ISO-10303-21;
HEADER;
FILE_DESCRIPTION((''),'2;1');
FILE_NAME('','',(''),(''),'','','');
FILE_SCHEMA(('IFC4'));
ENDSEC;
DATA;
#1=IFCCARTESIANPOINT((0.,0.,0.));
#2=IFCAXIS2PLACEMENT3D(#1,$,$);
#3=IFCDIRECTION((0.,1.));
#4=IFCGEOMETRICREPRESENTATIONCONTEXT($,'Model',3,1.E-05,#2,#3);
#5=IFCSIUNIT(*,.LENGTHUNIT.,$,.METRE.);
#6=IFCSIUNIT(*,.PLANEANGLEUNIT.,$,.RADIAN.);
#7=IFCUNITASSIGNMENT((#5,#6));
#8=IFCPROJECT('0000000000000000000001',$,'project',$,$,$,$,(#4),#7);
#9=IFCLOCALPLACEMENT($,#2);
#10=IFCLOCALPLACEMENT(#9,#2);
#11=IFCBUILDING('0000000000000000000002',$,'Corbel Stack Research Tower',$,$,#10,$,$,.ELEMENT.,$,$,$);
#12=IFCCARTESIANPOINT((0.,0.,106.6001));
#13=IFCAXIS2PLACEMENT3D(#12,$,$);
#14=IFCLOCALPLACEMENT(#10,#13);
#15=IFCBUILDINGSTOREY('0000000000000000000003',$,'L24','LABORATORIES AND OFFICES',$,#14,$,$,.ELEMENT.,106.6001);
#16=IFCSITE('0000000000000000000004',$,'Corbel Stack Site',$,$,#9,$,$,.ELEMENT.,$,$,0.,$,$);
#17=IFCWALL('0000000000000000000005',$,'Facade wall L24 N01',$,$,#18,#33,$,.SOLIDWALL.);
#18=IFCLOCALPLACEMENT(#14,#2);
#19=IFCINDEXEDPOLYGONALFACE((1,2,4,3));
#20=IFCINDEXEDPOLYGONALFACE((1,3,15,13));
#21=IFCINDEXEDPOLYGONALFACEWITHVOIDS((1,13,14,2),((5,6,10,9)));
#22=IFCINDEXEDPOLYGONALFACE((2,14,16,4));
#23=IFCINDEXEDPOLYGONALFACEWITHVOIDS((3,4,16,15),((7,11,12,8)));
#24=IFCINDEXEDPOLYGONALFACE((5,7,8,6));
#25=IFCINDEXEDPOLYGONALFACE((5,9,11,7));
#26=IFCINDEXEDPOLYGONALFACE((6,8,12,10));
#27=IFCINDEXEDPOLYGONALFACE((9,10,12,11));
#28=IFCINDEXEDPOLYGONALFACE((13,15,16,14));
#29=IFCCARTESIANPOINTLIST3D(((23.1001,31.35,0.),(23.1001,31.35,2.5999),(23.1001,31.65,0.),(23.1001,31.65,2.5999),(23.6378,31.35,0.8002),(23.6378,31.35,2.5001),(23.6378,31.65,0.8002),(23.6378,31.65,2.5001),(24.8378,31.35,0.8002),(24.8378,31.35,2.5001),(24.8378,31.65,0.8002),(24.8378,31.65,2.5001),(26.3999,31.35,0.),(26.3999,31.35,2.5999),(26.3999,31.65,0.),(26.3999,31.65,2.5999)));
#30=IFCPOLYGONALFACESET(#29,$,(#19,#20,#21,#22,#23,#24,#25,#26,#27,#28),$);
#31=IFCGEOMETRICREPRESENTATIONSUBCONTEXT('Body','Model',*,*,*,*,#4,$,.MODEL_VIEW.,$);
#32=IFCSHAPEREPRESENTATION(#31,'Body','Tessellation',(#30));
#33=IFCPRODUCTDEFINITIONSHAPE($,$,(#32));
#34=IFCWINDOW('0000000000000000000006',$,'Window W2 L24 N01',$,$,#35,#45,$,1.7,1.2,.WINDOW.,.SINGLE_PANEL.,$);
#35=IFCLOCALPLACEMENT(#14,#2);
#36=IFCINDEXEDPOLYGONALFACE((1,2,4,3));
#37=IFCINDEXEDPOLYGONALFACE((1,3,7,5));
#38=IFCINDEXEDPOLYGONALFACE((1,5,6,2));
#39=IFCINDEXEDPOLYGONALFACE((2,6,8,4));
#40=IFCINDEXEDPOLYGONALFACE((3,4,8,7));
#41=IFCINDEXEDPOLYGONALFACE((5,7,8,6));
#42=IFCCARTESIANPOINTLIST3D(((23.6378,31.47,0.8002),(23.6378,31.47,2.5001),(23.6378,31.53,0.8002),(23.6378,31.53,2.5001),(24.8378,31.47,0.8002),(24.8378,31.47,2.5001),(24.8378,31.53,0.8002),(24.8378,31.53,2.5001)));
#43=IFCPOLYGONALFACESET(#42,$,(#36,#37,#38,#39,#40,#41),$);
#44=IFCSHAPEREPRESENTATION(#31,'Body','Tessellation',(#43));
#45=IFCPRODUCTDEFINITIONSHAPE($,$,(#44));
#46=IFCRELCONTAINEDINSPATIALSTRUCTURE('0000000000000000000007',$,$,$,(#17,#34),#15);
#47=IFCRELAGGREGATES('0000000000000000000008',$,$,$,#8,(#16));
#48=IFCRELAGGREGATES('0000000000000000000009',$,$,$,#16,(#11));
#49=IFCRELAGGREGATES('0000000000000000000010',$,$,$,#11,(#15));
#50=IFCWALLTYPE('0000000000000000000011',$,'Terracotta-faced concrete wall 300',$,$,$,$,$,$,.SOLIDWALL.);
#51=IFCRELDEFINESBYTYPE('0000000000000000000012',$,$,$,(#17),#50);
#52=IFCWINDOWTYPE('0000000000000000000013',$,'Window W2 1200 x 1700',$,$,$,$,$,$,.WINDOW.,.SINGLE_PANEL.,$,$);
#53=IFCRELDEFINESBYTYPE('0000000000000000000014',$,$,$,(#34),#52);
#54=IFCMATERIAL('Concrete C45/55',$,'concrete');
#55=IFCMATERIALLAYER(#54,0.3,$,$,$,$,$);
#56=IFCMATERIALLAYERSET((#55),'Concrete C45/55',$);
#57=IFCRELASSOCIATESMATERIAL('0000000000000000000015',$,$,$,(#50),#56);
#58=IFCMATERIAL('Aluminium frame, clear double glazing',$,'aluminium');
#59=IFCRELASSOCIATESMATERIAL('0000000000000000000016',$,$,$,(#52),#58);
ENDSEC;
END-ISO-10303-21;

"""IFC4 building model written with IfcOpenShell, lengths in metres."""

from ifc_helpers import new_model, si_unit, direction, frame, frame_2d, origin, place, context, subcontext, project, spatial, rectangle, extrude, material, layer, layer_set, type_object, element, fill, save


model = new_model("IFC4")

# Units and contexts
model_context = context("Model", 3, precision=1e-05, world=origin(), true_north=direction((0.0, 1.0)))
body_context = subcontext(model_context, "Body", "Model", "MODEL_VIEW")
ifc_project = project(units=[si_unit("LENGTHUNIT", "METRE"), si_unit("PLANEANGLEUNIT", "RADIAN")], contexts=[model_context])

# Site, building, storey
site_placement = place(None, origin())
site = spatial("IfcSite", under=ifc_project, at=site_placement, Name="Corbel Stack Site", CompositionType="ELEMENT", RefElevation=0.0)
building_placement = place(site_placement, origin())
building = spatial("IfcBuilding", under=site, at=building_placement, Name="Corbel Stack Research Tower", CompositionType="ELEMENT")
storey_placement = place(building_placement, frame((0.0, 0.0, 106.6001)))
storey = spatial("IfcBuildingStorey", under=building, at=storey_placement, Name="L24", Description="LABORATORIES AND OFFICES", CompositionType="ELEMENT", Elevation=106.6001)

# Wall, opening, window
ifc_material_1 = material(Name="Concrete C45/55", Category="concrete")
ifc_layer_1 = layer(ifc_material_1, 0.3)
ifc_layer_set_1 = layer_set([ifc_layer_1], Name="Concrete C45/55")
wall_type_1 = type_object("IfcWallType", Name="Terracotta-faced concrete wall 300", PredefinedType="SOLIDWALL", material=ifc_layer_set_1)
wall_1_placement = place(storey_placement, frame((23.1001, 31.5, 0.0), z_axis=(0.0, 0.0, 1.0), x_axis=(1.0, 0.0, 0.0)))
wall_1 = element("IfcWall", 1, at=wall_1_placement, inside=storey, type_object=wall_type_1, Name="Facade wall L24 N01", PredefinedType="SOLIDWALL", context=body_context, shape_type="SweptSolid", body=[
    extrude(rectangle(XDim=3.2998, YDim=0.3, at=frame_2d((1.6499, 0.0))), origin(), (0.0, 0.0, 1.0), 2.5999),
])
opening_1_placement = place(wall_1_placement, frame((0.5376, 0.0, 0.8)))
opening_1 = element("IfcOpeningElement", 2, at=opening_1_placement, cuts=wall_1, PredefinedType="OPENING", context=body_context, shape_type="SweptSolid", body=[
    extrude(rectangle(XDim=1.2, YDim=1.7, at=frame_2d((0.6001, 0.8501))), frame((0.0, 0.1599, 0.0), z_axis=(0.0, -1.0, 0.0), x_axis=(1.0, 0.0, 0.0)), (0.0, 0.0, 1.0), 0.3201),
])
ifc_material_2 = material(Name="Aluminium frame, clear double glazing", Category="aluminium")
window_type = type_object("IfcWindowType", Name="Window W2 1200 x 1700", PartitioningType="SINGLE_PANEL", PredefinedType="WINDOW", material=ifc_material_2)
window_placement = place(opening_1_placement, origin())
window = element("IfcWindow", 3, at=window_placement, inside=storey, type_object=window_type, Name="Window W2 L24 N01", OverallHeight=1.7, OverallWidth=1.2, PartitioningType="SINGLE_PANEL", PredefinedType="WINDOW", context=body_context, shape_type="SweptSolid", body=[
    extrude(rectangle(XDim=1.2, YDim=1.7, at=frame_2d((0.6001, 0.8501))), frame((0.0, 0.03, 0.0), z_axis=(0.0, -1.0, 0.0), x_axis=(1.0, 0.0, 0.0)), (0.0, 0.0, 1.0), 0.0601),
])
fill(opening_1, window)

save(model, "model.ifc")
